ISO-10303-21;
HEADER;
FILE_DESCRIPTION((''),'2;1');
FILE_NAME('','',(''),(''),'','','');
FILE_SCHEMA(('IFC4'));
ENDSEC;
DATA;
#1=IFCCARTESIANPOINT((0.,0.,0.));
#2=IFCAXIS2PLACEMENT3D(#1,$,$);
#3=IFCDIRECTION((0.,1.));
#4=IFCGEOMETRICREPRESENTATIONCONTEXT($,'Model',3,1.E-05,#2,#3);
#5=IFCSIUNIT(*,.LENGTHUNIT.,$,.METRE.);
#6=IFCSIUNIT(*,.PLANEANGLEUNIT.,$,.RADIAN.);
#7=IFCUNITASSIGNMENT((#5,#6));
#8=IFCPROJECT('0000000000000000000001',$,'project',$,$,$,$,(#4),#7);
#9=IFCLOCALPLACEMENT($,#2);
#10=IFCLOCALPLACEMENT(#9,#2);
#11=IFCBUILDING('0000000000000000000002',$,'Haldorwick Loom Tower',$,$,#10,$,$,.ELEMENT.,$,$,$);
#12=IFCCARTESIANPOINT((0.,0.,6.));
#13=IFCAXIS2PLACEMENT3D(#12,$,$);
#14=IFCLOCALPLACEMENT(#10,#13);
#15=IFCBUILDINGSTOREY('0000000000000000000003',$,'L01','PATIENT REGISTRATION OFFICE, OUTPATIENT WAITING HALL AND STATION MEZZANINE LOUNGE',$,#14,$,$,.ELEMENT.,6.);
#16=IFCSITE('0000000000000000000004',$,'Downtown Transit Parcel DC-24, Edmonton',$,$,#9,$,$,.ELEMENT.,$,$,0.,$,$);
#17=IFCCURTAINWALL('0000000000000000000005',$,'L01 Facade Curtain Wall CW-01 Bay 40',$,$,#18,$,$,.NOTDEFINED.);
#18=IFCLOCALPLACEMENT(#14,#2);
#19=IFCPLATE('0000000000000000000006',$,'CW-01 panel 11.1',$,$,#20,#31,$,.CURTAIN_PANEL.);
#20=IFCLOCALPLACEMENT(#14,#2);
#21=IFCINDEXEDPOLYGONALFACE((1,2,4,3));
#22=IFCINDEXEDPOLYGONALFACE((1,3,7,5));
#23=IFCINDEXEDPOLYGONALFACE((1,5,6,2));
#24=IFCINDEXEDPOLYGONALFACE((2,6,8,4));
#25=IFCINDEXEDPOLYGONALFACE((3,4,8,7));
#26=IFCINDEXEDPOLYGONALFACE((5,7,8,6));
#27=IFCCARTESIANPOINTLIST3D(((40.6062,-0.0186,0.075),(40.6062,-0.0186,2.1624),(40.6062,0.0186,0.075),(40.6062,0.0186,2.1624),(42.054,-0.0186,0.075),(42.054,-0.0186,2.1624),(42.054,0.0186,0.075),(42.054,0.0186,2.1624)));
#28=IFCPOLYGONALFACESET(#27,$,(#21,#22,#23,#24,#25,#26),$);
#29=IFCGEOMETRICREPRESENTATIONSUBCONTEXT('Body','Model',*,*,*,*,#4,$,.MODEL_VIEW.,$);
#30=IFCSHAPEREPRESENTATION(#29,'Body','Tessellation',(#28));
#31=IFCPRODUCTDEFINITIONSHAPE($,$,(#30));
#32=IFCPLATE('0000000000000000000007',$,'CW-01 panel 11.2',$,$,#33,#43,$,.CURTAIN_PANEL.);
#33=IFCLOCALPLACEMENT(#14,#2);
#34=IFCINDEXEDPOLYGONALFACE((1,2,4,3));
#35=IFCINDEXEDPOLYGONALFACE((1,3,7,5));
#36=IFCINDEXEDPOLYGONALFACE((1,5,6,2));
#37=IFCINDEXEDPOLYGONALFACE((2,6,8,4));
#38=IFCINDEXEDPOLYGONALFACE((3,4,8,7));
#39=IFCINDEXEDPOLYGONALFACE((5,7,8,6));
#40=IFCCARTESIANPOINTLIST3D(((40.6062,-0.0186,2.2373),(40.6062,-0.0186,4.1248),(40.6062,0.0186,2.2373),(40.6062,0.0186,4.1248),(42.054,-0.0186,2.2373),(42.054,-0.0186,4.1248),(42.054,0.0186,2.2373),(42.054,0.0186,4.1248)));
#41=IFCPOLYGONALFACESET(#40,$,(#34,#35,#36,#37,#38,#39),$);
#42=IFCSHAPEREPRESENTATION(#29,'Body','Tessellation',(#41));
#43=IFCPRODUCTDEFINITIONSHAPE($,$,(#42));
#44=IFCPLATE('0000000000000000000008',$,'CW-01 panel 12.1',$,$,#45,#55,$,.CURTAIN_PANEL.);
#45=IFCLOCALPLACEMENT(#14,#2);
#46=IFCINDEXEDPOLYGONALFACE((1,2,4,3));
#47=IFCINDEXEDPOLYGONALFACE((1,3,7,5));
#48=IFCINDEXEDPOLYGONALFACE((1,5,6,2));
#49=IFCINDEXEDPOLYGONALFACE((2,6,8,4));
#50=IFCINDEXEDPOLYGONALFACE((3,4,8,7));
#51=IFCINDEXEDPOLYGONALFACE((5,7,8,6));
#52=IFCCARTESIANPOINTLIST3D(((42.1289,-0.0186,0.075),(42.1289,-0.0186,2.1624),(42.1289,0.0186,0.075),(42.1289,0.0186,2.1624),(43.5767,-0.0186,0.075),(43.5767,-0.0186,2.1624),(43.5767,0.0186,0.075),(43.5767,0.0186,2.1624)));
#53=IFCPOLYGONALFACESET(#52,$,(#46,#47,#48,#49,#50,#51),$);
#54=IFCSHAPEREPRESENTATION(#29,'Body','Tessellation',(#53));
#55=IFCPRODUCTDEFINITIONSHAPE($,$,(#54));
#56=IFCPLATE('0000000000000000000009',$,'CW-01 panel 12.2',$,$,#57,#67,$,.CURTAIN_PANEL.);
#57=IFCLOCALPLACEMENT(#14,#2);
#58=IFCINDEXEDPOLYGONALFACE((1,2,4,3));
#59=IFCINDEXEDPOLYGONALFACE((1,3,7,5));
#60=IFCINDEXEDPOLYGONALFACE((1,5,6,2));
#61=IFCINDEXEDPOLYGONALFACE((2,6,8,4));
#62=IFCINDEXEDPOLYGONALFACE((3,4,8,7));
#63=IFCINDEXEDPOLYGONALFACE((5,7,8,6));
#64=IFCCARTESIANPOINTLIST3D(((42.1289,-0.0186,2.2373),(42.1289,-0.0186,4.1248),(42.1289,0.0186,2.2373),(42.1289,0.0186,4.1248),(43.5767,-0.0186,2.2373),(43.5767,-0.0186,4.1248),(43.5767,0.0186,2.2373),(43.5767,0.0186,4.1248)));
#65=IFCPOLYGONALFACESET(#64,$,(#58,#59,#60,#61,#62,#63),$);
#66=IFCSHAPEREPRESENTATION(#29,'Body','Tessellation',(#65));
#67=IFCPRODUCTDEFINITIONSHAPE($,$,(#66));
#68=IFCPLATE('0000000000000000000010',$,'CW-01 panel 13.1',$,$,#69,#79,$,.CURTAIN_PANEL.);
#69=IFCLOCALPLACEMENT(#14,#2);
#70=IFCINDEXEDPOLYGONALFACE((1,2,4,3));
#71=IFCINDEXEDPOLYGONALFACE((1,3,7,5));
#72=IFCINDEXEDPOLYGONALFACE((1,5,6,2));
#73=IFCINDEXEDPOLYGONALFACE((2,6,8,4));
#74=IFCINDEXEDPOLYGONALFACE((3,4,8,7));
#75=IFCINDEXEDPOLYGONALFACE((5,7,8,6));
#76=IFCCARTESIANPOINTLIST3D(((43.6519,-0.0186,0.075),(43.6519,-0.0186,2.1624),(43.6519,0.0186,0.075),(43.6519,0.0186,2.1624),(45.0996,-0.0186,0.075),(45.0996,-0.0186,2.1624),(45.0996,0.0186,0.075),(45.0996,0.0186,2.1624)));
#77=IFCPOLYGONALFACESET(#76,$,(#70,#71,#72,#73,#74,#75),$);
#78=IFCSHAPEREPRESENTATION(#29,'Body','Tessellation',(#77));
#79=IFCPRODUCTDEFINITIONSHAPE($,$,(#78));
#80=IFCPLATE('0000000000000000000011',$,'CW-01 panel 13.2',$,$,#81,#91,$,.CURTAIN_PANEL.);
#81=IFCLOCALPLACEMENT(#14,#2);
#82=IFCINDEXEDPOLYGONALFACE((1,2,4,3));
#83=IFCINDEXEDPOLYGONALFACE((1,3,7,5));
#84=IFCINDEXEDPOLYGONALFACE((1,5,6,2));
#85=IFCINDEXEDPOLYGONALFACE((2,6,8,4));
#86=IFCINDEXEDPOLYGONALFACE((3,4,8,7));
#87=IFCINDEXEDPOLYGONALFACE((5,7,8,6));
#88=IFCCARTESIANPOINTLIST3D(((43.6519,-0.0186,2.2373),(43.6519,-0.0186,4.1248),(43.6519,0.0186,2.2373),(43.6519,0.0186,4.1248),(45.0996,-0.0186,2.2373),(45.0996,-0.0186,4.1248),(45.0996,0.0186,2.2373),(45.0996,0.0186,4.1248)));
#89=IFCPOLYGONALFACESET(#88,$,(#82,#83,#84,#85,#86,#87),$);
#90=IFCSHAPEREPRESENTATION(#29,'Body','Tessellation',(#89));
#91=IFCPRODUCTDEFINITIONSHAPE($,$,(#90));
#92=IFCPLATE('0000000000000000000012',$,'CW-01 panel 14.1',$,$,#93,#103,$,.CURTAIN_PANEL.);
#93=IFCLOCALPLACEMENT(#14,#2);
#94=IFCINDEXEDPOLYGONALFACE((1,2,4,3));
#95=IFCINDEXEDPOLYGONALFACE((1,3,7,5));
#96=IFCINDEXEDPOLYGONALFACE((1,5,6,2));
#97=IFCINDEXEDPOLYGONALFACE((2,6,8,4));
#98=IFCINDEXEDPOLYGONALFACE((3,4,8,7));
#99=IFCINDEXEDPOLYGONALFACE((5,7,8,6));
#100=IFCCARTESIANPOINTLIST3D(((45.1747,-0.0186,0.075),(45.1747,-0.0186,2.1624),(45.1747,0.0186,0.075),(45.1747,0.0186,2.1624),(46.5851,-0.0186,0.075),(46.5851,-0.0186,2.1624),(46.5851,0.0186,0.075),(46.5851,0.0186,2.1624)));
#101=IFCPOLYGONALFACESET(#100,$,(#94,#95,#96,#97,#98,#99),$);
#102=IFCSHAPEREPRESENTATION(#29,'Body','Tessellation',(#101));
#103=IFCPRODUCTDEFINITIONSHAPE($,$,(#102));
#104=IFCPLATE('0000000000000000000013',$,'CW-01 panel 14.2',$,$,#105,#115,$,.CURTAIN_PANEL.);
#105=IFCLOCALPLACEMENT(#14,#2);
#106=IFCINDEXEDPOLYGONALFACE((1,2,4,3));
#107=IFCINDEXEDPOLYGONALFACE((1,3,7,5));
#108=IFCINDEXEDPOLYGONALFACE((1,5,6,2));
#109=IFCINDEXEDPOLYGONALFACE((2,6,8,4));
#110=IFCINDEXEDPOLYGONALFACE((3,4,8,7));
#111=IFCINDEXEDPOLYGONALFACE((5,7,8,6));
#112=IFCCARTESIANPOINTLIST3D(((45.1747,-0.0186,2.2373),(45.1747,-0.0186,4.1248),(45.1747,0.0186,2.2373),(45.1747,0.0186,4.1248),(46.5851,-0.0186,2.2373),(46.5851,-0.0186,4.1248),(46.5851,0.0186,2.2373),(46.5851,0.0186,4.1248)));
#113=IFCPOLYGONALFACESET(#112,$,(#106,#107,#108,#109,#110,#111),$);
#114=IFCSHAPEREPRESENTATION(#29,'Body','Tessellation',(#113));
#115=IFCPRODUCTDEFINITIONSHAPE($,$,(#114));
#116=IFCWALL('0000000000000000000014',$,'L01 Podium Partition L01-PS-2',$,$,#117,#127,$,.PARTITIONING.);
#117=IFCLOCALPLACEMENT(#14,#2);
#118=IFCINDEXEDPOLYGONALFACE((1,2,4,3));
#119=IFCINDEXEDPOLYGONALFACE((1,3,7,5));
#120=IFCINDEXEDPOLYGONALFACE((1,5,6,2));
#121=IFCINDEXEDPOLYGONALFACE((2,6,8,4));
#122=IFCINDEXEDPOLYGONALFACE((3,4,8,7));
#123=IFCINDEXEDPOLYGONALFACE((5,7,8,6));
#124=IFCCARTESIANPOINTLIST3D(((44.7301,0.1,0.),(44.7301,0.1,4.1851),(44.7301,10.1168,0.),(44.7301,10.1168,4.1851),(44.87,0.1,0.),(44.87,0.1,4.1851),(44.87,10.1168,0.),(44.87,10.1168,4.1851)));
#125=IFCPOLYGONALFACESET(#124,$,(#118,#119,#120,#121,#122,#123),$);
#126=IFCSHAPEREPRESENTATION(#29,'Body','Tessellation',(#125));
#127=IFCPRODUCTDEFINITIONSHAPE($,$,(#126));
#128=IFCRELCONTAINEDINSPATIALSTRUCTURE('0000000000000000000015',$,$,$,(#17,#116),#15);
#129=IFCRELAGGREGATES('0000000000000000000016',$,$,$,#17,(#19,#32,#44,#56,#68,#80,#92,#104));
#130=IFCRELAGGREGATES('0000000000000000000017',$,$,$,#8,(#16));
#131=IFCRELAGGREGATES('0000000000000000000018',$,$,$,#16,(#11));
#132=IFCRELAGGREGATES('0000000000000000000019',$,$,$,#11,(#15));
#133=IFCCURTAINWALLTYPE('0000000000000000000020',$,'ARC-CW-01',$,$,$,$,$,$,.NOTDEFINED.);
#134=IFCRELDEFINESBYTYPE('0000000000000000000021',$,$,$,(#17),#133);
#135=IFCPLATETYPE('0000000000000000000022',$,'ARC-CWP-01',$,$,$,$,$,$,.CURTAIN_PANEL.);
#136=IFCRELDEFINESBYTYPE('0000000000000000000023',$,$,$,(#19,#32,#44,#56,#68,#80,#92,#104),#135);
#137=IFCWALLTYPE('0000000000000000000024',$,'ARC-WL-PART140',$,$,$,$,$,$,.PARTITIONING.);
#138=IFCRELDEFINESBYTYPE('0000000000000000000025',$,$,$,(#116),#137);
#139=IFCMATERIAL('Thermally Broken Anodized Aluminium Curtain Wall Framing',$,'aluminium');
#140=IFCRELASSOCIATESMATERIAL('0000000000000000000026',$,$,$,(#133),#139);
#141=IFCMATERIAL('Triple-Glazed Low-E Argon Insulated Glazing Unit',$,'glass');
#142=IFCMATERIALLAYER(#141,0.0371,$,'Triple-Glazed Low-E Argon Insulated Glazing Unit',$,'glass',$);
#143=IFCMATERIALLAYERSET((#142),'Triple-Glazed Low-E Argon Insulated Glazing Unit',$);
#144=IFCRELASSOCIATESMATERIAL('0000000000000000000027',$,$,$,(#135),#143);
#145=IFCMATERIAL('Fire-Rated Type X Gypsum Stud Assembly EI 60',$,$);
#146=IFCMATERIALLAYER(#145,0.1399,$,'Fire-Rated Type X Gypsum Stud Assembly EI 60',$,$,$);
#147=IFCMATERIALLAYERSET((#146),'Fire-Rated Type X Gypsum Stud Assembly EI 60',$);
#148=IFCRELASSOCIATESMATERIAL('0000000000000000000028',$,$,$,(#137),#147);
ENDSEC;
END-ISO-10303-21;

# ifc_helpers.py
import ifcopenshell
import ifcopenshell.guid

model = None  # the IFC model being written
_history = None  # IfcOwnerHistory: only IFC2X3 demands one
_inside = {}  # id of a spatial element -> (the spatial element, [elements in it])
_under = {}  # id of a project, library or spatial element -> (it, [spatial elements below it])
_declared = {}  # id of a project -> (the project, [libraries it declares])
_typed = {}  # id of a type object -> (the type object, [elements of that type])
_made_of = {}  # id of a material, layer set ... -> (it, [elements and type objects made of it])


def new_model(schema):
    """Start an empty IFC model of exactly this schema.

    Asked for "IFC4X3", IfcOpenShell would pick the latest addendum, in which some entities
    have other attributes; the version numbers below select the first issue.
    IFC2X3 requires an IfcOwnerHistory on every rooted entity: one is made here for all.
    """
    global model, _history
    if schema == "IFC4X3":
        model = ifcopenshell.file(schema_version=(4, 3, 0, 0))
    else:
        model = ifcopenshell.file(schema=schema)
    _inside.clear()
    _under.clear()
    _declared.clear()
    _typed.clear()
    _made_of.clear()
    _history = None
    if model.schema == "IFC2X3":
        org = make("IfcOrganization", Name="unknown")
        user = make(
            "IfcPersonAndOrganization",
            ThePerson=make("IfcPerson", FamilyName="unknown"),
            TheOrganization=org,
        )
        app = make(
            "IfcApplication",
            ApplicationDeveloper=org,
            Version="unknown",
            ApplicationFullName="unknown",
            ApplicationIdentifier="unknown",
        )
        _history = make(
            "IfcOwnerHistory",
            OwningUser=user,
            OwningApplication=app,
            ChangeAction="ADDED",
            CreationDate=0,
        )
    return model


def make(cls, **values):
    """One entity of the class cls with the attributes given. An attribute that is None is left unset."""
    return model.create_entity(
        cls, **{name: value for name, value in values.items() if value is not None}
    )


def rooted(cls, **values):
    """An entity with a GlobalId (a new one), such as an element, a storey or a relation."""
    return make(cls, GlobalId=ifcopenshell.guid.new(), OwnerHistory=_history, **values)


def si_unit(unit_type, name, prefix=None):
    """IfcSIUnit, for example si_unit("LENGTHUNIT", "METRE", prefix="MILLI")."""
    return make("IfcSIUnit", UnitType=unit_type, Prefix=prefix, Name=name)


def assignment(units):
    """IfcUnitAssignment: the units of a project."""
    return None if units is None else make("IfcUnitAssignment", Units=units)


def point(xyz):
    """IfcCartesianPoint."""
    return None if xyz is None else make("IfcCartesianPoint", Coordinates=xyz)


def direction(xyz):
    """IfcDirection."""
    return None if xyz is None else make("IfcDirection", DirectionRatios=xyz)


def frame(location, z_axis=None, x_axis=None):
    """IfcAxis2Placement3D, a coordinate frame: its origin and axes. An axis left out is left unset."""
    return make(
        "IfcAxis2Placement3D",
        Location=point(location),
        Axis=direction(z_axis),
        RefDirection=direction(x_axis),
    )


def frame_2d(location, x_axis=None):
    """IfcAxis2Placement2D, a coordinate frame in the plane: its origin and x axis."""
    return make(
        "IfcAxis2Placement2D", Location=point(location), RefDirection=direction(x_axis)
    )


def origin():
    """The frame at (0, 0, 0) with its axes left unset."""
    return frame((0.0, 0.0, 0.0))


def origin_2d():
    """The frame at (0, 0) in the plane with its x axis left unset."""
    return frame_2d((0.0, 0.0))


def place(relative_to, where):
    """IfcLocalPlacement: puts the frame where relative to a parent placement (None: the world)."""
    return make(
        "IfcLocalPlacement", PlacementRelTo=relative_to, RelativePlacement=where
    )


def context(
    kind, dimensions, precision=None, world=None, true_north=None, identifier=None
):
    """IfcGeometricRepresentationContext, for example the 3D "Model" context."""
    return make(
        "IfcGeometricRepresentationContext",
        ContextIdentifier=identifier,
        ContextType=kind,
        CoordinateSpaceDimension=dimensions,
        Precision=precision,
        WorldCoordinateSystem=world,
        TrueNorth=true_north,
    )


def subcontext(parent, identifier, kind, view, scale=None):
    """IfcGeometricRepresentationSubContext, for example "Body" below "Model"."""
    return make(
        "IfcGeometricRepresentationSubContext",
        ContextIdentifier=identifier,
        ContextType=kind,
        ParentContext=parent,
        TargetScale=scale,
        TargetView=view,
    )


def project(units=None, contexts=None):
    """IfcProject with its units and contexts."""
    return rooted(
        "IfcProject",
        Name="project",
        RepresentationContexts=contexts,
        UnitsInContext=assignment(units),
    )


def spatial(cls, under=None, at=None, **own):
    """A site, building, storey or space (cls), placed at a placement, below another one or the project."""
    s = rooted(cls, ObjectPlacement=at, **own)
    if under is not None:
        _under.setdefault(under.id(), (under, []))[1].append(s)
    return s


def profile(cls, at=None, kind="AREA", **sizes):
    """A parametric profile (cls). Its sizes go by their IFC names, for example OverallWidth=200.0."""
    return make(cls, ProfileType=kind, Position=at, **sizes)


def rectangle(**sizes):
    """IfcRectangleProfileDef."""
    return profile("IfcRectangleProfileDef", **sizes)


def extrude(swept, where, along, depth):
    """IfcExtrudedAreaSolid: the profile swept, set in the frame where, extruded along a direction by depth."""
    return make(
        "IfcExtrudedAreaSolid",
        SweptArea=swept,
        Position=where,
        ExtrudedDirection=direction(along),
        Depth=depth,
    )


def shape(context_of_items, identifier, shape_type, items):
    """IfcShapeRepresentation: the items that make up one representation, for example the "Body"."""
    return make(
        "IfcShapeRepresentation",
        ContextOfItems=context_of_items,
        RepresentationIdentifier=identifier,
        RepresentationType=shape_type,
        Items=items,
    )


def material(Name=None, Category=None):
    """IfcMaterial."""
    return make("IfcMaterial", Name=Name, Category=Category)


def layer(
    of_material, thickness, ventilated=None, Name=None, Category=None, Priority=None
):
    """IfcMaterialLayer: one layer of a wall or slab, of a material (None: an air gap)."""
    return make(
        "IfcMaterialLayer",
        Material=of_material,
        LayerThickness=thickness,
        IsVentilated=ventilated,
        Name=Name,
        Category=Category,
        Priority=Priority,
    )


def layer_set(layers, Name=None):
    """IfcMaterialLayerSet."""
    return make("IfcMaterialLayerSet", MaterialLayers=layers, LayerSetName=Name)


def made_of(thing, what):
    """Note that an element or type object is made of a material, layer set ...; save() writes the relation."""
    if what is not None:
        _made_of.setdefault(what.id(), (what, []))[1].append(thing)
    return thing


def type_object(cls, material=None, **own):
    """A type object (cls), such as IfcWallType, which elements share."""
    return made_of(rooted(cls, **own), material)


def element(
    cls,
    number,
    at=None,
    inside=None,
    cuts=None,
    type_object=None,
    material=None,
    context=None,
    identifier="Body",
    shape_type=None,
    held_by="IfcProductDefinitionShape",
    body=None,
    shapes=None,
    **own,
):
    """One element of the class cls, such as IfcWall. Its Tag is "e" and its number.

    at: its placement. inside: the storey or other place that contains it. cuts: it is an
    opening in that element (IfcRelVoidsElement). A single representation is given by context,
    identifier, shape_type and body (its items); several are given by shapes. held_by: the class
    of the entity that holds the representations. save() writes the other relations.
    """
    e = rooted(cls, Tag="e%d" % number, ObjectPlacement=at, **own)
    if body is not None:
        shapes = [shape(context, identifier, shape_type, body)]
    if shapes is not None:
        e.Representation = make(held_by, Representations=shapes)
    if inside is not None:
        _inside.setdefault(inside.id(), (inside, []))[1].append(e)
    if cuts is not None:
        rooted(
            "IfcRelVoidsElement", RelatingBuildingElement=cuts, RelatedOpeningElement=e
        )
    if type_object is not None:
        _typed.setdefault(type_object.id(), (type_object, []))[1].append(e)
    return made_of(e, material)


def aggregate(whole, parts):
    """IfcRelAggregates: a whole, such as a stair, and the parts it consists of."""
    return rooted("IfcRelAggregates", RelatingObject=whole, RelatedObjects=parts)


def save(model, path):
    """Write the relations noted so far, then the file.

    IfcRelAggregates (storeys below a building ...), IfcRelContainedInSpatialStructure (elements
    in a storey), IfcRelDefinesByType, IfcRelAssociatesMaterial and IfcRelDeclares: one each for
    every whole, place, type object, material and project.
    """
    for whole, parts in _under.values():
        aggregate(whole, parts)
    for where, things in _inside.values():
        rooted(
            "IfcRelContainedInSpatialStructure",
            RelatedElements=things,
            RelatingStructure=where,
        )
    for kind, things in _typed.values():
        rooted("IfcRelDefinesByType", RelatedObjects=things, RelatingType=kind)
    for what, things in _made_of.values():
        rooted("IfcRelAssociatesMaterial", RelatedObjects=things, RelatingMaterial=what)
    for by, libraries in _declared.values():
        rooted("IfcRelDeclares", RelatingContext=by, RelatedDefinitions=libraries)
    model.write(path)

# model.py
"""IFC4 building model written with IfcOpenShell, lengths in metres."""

from ifc_helpers import new_model, si_unit, direction, frame, frame_2d, origin, origin_2d, place, context, subcontext, project, spatial, rectangle, extrude, material, layer, layer_set, type_object, element, aggregate, save


model = new_model("IFC4")

# Units and contexts
model_context = context("Model", 3, precision=1e-05, world=origin(), true_north=direction((0.0, 1.0)))
body_context = subcontext(model_context, "Body", "Model", "MODEL_VIEW")
ifc_project = project(units=[si_unit("LENGTHUNIT", "METRE"), si_unit("PLANEANGLEUNIT", "RADIAN")], contexts=[model_context])

# Site, building, storey
site_placement = place(None, origin())
site = spatial("IfcSite", under=ifc_project, at=site_placement, Name="Downtown Transit Parcel DC-24, Edmonton", CompositionType="ELEMENT", RefElevation=0.0)
building_placement = place(site_placement, origin())
building = spatial("IfcBuilding", under=site, at=building_placement, Name="Haldorwick Loom Tower", CompositionType="ELEMENT")
storey_placement = place(building_placement, frame((0.0, 0.0, 6.0)))
storey = spatial("IfcBuildingStorey", under=building, at=storey_placement, Name="L01", Description="PATIENT REGISTRATION OFFICE, OUTPATIENT WAITING HALL AND STATION MEZZANINE LOUNGE", CompositionType="ELEMENT", Elevation=6.0)

# Curtain wall, plates
ifc_material_1 = material(Name="Thermally Broken Anodized Aluminium Curtain Wall Framing", Category="aluminium")
curtain_wall_type = type_object("IfcCurtainWallType", Name="ARC-CW-01", PredefinedType="NOTDEFINED", material=ifc_material_1)
curtain_wall_placement = place(storey_placement, origin())
curtain_wall = element("IfcCurtainWall", 1, at=curtain_wall_placement, inside=storey, type_object=curtain_wall_type, Name="L01 Facade Curtain Wall CW-01 Bay 40", PredefinedType="NOTDEFINED")
ifc_material_2 = material(Name="Triple-Glazed Low-E Argon Insulated Glazing Unit", Category="glass")
ifc_layer_1 = layer(ifc_material_2, 0.0371, Name="Triple-Glazed Low-E Argon Insulated Glazing Unit", Category="glass")
ifc_layer_set_1 = layer_set([ifc_layer_1], Name="Triple-Glazed Low-E Argon Insulated Glazing Unit")
plate_type = type_object("IfcPlateType", Name="ARC-CWP-01", PredefinedType="CURTAIN_PANEL", material=ifc_layer_set_1)
plate_1_placement = place(storey_placement, frame((41.3301, 0.0, 0.075), z_axis=(0.0, 0.0, 1.0), x_axis=(1.0, 0.0, 0.0)))
plate_1 = element("IfcPlate", 2, at=plate_1_placement, type_object=plate_type, Name="CW-01 panel 11.1", PredefinedType="CURTAIN_PANEL", context=body_context, shape_type="SweptSolid", body=[
    extrude(rectangle(XDim=1.4478, YDim=0.0371, at=origin_2d()), origin(), (0.0, 0.0, 1.0), 2.0874),
])
plate_2_placement = place(storey_placement, frame((41.3301, 0.0, 2.2373), z_axis=(0.0, 0.0, 1.0), x_axis=(1.0, 0.0, 0.0)))
plate_2 = element("IfcPlate", 3, at=plate_2_placement, type_object=plate_type, Name="CW-01 panel 11.2", PredefinedType="CURTAIN_PANEL", context=body_context, shape_type="SweptSolid", body=[
    extrude(rectangle(XDim=1.4478, YDim=0.0371, at=origin_2d()), origin(), (0.0, 0.0, 1.0), 1.8875),
])
plate_3_placement = place(storey_placement, frame((42.8528, 0.0, 0.075), z_axis=(0.0, 0.0, 1.0), x_axis=(1.0, 0.0, 0.0)))
plate_3 = element("IfcPlate", 4, at=plate_3_placement, type_object=plate_type, Name="CW-01 panel 12.1", PredefinedType="CURTAIN_PANEL", context=body_context, shape_type="SweptSolid", body=[
    extrude(rectangle(XDim=1.4478, YDim=0.0371, at=origin_2d()), origin(), (0.0, 0.0, 1.0), 2.0874),
])
plate_4_placement = place(storey_placement, frame((42.8528, 0.0, 2.2373), z_axis=(0.0, 0.0, 1.0), x_axis=(1.0, 0.0, 0.0)))
plate_4 = element("IfcPlate", 5, at=plate_4_placement, type_object=plate_type, Name="CW-01 panel 12.2", PredefinedType="CURTAIN_PANEL", context=body_context, shape_type="SweptSolid", body=[
    extrude(rectangle(XDim=1.4478, YDim=0.0371, at=origin_2d()), origin(), (0.0, 0.0, 1.0), 1.8875),
])
plate_5_placement = place(storey_placement, frame((44.3757, 0.0, 0.075), z_axis=(0.0, 0.0, 1.0), x_axis=(1.0, 0.0, 0.0)))
plate_5 = element("IfcPlate", 6, at=plate_5_placement, type_object=plate_type, Name="CW-01 panel 13.1", PredefinedType="CURTAIN_PANEL", context=body_context, shape_type="SweptSolid", body=[
    extrude(rectangle(XDim=1.4478, YDim=0.0371, at=origin_2d()), origin(), (0.0, 0.0, 1.0), 2.0874),
])
plate_6_placement = place(storey_placement, frame((44.3757, 0.0, 2.2373), z_axis=(0.0, 0.0, 1.0), x_axis=(1.0, 0.0, 0.0)))
plate_6 = element("IfcPlate", 7, at=plate_6_placement, type_object=plate_type, Name="CW-01 panel 13.2", PredefinedType="CURTAIN_PANEL", context=body_context, shape_type="SweptSolid", body=[
    extrude(rectangle(XDim=1.4478, YDim=0.0371, at=origin_2d()), origin(), (0.0, 0.0, 1.0), 1.8875),
])
plate_7_placement = place(storey_placement, frame((45.8799, 0.0, 0.075), z_axis=(0.0, 0.0, 1.0), x_axis=(1.0, 0.0, 0.0)))
plate_7 = element("IfcPlate", 8, at=plate_7_placement, type_object=plate_type, Name="CW-01 panel 14.1", PredefinedType="CURTAIN_PANEL", context=body_context, shape_type="SweptSolid", body=[
    extrude(rectangle(XDim=1.4104, YDim=0.0371, at=origin_2d()), origin(), (0.0, 0.0, 1.0), 2.0874),
])
plate_8_placement = place(storey_placement, frame((45.8799, 0.0, 2.2373), z_axis=(0.0, 0.0, 1.0), x_axis=(1.0, 0.0, 0.0)))
plate_8 = element("IfcPlate", 9, at=plate_8_placement, type_object=plate_type, Name="CW-01 panel 14.2", PredefinedType="CURTAIN_PANEL", context=body_context, shape_type="SweptSolid", body=[
    extrude(rectangle(XDim=1.4104, YDim=0.0371, at=origin_2d()), origin(), (0.0, 0.0, 1.0), 1.8875),
])
aggregate(curtain_wall, [plate_1, plate_2, plate_3, plate_4, plate_5, plate_6, plate_7, plate_8])

# Wall
ifc_material_3 = material(Name="Fire-Rated Type X Gypsum Stud Assembly EI 60")
ifc_layer_2 = layer(ifc_material_3, 0.1399, Name="Fire-Rated Type X Gypsum Stud Assembly EI 60")
ifc_layer_set_2 = layer_set([ifc_layer_2], Name="Fire-Rated Type X Gypsum Stud Assembly EI 60")
wall_type = type_object("IfcWallType", Name="ARC-WL-PART140", PredefinedType="PARTITIONING", material=ifc_layer_set_2)
wall_placement = place(storey_placement, frame((44.8, 0.1001, 0.0), z_axis=(0.0, 0.0, 1.0), x_axis=(0.0, 1.0, 0.0)))
element("IfcWall", 10, at=wall_placement, inside=storey, type_object=wall_type, Name="L01 Podium Partition L01-PS-2", PredefinedType="PARTITIONING", context=body_context, shape_type="SweptSolid", body=[
    extrude(rectangle(XDim=10.0168, YDim=0.1399, at=frame_2d((5.0083, 0.0))), origin(), (0.0, 0.0, 1.0), 4.1851),
])

save(model, "model.ifc")
